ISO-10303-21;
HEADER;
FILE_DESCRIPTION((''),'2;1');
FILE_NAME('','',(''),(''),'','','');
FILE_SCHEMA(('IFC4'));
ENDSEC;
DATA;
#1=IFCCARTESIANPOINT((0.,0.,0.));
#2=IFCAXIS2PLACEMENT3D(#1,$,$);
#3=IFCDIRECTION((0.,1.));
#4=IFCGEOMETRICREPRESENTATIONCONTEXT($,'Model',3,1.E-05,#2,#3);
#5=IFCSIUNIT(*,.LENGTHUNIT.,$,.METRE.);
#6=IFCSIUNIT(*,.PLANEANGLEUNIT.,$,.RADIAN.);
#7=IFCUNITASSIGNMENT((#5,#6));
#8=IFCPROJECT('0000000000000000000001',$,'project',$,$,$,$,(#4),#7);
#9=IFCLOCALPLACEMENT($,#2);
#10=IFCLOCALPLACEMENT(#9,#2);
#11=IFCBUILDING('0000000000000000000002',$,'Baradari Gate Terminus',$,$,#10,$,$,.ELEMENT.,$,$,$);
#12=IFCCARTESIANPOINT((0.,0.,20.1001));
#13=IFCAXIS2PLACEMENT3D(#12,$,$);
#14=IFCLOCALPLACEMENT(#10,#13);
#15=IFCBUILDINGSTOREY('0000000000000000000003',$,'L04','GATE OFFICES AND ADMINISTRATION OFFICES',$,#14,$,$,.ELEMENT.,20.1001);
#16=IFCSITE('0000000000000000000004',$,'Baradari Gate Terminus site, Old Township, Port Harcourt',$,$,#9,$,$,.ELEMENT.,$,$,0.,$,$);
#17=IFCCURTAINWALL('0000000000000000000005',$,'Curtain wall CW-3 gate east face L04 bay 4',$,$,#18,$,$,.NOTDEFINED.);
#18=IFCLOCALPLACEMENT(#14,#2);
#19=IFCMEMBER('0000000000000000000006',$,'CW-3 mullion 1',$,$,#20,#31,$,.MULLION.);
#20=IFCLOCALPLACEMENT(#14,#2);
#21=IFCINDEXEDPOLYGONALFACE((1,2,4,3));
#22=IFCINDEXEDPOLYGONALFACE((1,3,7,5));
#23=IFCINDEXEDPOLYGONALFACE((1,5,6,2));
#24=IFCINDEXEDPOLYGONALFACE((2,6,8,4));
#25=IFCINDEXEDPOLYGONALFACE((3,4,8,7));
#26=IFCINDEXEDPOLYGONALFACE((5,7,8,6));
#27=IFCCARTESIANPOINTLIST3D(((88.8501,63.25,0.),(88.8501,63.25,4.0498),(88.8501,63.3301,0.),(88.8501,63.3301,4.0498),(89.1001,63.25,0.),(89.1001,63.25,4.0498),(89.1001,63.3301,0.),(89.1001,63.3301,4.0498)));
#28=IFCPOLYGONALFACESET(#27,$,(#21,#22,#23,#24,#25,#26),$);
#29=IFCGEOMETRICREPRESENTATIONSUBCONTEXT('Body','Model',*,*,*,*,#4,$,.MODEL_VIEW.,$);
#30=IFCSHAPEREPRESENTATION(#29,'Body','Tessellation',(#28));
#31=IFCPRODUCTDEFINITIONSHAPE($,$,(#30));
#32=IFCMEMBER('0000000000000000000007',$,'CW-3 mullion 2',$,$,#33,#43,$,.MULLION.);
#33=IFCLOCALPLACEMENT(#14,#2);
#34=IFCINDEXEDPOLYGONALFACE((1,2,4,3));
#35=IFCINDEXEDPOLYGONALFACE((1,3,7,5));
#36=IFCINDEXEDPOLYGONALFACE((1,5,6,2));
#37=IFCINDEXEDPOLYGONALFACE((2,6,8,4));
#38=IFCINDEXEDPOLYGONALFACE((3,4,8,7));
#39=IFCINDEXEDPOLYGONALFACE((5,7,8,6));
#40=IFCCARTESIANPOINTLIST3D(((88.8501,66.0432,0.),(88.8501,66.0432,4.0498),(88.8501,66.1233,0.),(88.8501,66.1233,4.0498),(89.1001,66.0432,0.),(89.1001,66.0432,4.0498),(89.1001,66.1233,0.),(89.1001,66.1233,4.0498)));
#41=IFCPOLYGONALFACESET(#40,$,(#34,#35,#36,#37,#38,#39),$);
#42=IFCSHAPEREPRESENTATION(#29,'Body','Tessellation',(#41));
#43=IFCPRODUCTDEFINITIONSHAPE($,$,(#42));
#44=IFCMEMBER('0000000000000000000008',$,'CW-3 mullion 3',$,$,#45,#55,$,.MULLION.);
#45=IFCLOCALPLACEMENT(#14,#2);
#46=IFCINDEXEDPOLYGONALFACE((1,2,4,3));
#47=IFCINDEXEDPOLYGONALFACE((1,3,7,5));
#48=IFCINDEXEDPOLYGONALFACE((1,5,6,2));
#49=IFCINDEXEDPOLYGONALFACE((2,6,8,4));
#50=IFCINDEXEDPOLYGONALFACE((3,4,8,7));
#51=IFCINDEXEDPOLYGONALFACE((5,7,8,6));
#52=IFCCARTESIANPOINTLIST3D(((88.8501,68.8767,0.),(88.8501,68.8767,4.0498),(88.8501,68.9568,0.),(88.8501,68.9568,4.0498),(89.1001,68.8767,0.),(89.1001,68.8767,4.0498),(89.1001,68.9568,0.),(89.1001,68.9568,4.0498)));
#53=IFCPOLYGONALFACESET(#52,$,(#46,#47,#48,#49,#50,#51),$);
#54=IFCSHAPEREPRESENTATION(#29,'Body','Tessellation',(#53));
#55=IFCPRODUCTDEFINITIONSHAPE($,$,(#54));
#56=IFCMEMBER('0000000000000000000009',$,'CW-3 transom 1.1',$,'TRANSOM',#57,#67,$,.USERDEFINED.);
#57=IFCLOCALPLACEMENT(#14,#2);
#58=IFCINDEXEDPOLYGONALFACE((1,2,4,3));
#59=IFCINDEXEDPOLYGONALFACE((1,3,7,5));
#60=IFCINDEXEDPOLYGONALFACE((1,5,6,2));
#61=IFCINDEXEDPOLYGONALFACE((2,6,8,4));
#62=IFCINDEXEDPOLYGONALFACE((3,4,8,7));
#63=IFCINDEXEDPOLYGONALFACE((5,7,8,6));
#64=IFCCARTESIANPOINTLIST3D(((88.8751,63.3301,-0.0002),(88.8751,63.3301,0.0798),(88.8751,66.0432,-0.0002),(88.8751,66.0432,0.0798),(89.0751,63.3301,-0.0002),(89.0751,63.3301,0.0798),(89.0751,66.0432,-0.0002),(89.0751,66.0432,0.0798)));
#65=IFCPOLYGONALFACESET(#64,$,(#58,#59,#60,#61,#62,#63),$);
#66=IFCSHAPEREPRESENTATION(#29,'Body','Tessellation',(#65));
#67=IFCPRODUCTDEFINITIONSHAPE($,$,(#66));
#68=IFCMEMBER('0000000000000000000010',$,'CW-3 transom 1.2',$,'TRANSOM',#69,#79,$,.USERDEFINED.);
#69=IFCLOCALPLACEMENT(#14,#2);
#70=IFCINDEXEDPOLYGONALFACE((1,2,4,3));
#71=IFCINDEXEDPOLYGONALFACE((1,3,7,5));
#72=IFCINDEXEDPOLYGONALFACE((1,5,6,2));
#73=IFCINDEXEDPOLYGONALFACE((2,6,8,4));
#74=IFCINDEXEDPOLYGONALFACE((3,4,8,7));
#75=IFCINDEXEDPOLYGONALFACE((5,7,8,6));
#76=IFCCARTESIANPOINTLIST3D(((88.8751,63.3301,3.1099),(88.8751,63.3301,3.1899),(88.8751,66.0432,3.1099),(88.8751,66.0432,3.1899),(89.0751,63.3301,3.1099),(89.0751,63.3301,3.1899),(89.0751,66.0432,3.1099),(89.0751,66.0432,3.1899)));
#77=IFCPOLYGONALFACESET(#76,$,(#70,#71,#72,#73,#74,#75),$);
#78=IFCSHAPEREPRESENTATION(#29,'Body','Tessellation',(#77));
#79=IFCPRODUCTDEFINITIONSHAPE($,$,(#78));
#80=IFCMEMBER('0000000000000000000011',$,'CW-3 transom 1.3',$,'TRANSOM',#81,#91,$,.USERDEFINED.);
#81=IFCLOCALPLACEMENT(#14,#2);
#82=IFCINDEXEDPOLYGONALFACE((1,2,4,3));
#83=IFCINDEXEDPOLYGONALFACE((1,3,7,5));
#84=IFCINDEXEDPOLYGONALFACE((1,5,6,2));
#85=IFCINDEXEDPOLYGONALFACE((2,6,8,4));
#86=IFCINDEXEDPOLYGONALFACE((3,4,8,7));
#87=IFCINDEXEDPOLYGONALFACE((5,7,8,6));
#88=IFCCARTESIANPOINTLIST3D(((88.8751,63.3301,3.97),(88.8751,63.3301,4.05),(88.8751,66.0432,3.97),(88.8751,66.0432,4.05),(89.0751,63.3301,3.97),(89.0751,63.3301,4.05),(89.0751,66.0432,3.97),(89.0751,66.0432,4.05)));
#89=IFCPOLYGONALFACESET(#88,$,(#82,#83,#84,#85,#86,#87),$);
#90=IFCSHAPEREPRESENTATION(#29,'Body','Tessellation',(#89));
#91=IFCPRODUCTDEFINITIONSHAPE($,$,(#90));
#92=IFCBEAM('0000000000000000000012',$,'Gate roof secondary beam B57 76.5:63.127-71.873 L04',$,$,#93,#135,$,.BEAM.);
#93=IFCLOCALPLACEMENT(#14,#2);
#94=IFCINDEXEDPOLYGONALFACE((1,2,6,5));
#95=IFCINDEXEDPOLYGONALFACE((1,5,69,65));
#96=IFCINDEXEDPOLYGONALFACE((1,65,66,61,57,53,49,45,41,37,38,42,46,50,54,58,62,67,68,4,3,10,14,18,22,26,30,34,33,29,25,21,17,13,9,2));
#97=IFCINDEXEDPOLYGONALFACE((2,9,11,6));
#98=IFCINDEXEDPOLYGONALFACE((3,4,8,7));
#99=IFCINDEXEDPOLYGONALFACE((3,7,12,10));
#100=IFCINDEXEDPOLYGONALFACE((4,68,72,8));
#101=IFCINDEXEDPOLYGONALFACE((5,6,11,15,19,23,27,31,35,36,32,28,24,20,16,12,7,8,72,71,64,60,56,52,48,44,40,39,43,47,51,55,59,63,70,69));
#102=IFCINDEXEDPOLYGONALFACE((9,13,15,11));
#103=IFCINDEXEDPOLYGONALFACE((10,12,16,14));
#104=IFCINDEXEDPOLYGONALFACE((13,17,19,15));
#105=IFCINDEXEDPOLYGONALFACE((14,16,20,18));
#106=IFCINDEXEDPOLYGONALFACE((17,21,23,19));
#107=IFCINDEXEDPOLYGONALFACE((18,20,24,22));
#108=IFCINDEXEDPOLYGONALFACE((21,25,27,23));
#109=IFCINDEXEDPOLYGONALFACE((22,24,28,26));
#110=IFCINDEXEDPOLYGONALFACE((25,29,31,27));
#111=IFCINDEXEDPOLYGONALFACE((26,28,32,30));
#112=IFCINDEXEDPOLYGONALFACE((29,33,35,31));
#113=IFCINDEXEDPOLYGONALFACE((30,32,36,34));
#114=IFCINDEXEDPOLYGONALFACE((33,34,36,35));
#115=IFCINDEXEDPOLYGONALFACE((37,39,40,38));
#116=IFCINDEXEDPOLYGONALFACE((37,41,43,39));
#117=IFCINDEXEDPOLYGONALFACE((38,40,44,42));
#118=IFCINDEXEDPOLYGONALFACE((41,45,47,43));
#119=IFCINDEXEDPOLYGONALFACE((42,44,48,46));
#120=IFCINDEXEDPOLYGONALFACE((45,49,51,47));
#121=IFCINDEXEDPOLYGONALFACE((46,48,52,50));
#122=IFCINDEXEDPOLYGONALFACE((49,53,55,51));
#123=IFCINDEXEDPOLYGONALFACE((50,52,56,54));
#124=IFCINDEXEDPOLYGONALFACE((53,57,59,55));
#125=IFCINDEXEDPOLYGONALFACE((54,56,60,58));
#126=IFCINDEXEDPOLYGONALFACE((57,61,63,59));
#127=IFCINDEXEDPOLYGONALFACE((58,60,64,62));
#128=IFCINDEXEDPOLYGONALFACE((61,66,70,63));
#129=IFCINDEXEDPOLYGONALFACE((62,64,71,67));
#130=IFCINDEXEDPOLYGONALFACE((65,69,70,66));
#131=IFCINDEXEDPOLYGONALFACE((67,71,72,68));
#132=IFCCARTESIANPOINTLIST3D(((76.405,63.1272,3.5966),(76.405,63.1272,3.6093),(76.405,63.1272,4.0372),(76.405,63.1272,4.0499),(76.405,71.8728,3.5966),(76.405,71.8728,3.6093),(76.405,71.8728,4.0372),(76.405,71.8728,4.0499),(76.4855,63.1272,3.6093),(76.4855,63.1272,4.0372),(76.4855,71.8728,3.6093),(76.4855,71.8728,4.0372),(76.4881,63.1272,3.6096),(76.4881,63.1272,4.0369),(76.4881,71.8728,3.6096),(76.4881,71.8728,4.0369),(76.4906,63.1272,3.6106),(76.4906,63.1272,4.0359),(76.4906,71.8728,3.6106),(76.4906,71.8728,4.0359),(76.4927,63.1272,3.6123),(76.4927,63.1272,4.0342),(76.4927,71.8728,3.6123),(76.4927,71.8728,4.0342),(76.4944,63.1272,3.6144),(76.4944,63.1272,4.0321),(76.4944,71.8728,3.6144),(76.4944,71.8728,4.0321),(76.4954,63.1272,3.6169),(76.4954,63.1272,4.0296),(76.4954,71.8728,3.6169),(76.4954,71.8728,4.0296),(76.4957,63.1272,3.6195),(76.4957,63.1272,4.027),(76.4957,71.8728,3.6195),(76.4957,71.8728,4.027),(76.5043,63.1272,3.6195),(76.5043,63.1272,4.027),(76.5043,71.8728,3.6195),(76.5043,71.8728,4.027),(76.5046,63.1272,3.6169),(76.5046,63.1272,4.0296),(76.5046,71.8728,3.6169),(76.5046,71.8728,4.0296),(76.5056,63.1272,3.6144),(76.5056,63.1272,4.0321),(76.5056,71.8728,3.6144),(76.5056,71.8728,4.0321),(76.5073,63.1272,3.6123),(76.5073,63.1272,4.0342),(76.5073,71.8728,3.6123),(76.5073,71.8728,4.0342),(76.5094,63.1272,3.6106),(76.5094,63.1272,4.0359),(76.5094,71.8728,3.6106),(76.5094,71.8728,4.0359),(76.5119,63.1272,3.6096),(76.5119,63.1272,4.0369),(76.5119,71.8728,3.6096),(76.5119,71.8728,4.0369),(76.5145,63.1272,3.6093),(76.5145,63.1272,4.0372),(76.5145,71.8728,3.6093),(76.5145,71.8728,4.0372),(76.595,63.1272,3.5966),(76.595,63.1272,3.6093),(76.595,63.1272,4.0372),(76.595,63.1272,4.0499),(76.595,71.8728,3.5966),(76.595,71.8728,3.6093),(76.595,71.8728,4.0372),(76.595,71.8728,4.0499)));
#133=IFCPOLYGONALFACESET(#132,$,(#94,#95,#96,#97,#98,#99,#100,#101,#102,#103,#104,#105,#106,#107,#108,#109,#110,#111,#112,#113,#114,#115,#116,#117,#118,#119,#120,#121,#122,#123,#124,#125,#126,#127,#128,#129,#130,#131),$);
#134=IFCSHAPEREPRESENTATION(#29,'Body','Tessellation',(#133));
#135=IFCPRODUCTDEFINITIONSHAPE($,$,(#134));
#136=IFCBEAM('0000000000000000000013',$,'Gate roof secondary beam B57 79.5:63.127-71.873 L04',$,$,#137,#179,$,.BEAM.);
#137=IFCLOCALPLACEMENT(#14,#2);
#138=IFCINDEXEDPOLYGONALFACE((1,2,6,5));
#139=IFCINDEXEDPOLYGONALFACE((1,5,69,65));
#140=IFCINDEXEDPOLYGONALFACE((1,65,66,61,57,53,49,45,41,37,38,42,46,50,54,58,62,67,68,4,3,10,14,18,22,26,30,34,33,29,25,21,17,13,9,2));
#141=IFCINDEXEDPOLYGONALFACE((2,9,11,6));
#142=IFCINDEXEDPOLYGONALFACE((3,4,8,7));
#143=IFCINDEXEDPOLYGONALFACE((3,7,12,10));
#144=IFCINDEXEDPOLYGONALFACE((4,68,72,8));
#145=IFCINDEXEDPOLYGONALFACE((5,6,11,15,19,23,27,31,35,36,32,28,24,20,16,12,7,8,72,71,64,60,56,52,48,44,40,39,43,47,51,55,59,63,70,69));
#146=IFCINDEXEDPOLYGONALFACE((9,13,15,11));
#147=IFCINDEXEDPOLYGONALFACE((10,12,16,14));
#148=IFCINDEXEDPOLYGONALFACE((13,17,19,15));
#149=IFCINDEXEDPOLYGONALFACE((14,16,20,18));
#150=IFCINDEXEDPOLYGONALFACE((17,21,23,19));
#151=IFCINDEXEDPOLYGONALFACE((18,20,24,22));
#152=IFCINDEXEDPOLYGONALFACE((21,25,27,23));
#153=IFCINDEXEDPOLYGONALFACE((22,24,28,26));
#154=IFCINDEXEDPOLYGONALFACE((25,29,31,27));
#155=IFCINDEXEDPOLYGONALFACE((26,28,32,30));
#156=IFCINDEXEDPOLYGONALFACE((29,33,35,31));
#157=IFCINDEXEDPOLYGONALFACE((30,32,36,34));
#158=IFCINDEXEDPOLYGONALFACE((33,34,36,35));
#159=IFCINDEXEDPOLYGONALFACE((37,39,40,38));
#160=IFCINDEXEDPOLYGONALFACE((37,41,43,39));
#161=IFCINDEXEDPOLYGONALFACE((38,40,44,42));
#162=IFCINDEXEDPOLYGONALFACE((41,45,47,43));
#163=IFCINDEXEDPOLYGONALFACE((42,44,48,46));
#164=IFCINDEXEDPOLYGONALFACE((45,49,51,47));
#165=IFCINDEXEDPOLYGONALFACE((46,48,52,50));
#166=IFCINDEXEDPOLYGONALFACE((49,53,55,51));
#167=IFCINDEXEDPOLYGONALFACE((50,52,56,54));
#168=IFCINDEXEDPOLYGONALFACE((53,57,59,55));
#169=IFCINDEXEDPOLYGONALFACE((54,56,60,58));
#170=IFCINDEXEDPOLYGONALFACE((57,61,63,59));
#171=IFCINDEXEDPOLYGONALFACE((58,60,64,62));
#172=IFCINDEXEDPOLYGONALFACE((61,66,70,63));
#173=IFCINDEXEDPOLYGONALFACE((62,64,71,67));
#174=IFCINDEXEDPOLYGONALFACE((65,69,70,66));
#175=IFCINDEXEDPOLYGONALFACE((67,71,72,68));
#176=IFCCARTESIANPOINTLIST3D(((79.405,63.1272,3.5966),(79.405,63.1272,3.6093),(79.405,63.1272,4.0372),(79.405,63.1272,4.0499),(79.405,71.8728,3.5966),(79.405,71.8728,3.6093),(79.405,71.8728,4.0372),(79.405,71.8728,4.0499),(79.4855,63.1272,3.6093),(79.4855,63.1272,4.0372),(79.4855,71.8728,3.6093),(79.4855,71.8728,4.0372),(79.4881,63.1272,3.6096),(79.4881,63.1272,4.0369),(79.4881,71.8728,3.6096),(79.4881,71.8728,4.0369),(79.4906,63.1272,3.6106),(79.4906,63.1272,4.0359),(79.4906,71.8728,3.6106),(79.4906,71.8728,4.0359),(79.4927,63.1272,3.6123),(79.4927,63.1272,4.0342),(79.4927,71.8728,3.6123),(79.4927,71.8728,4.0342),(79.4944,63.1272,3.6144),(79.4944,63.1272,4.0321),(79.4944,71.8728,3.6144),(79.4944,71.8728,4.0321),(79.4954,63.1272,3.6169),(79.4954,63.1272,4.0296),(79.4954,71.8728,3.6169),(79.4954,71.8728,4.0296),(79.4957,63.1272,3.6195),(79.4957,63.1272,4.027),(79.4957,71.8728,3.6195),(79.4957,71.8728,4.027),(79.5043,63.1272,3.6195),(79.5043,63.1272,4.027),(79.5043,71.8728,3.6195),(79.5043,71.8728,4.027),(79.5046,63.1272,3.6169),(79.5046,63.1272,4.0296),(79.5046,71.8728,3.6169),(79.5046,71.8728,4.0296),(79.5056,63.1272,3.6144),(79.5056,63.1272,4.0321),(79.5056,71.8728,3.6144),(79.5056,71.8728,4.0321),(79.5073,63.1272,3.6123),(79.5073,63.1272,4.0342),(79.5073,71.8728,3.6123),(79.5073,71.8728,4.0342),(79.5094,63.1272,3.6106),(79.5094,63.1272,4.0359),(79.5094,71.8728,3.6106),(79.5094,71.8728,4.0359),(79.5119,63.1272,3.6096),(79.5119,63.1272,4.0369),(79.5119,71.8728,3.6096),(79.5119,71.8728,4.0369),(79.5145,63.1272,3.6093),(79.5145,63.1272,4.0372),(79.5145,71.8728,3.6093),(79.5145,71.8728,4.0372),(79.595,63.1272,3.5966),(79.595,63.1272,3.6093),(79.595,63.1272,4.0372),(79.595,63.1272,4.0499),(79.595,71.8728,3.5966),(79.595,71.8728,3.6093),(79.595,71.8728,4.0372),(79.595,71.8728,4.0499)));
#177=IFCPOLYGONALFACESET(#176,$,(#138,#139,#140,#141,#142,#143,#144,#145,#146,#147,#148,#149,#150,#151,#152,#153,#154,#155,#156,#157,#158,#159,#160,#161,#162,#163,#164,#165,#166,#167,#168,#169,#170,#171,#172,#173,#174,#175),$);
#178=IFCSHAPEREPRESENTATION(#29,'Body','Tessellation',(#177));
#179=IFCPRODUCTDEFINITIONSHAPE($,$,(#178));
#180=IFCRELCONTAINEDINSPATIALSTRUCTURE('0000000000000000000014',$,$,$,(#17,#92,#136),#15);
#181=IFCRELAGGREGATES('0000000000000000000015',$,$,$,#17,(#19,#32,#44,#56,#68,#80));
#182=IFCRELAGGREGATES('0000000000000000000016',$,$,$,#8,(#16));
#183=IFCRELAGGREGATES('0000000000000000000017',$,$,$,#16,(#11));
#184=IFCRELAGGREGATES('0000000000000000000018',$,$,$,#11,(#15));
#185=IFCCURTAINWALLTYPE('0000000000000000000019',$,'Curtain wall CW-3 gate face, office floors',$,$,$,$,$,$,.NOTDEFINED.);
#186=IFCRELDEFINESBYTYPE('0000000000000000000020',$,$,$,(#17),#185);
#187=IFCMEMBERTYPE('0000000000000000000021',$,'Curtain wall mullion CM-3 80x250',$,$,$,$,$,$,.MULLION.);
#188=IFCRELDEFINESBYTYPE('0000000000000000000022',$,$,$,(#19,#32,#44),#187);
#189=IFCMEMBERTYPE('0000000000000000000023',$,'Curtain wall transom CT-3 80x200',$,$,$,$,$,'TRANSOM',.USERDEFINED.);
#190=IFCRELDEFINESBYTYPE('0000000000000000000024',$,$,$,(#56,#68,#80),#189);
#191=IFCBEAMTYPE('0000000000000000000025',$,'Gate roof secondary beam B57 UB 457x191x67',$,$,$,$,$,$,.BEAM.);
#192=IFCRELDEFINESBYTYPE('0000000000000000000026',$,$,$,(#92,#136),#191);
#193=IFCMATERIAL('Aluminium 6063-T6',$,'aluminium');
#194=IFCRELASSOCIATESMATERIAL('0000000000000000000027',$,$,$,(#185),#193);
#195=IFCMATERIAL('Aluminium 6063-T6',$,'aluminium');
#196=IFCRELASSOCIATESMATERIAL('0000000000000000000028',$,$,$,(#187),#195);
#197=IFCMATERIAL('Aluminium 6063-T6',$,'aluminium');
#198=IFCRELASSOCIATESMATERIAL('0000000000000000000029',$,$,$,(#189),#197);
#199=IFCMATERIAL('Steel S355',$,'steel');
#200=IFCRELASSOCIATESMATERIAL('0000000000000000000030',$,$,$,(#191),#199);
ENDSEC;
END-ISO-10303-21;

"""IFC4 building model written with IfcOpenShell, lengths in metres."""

from ifc_helpers import new_model, si_unit, direction, frame, origin, origin_2d, place, context, subcontext, project, spatial, rectangle, i_section, extrude, material, material_profile, profile_set, type_object, element, aggregate, save


model = new_model("IFC4")

# Units and contexts
model_context = context("Model", 3, precision=1e-05, world=origin(), true_north=direction((0.0, 1.0)))
body_context = subcontext(model_context, "Body", "Model", "MODEL_VIEW")
ifc_project = project(units=[si_unit("LENGTHUNIT", "METRE"), si_unit("PLANEANGLEUNIT", "RADIAN")], contexts=[model_context])

# Site, building, storey
site_placement = place(None, origin())
site = spatial("IfcSite", under=ifc_project, at=site_placement, Name="Baradari Gate Terminus site, Old Township, Port Harcourt", CompositionType="ELEMENT", RefElevation=0.0)
building_placement = place(site_placement, origin())
building = spatial("IfcBuilding", under=site, at=building_placement, Name="Baradari Gate Terminus", CompositionType="ELEMENT")
storey_placement = place(building_placement, frame((0.0, 0.0, 20.1001)))
storey = spatial("IfcBuildingStorey", under=building, at=storey_placement, Name="L04", Description="GATE OFFICES AND ADMINISTRATION OFFICES", CompositionType="ELEMENT", Elevation=20.1001)

# Curtain wall, members
ifc_material_1 = material(Name="Aluminium 6063-T6", Category="aluminium")
curtain_wall_type = type_object("IfcCurtainWallType", Name="Curtain wall CW-3 gate face, office floors", PredefinedType="NOTDEFINED", material=ifc_material_1)
curtain_wall_placement = place(storey_placement, origin())
curtain_wall = element("IfcCurtainWall", 1, at=curtain_wall_placement, inside=storey, type_object=curtain_wall_type, Name="Curtain wall CW-3 gate east face L04 bay 4", PredefinedType="NOTDEFINED")
ifc_material_2 = material(Name="Aluminium 6063-T6", Category="aluminium")
ifc_material_profile_1 = material_profile(ifc_material_2, rectangle(XDim=0.25, YDim=0.0801, at=origin_2d()), Name="CM-3 80X250")
ifc_profile_set_1 = profile_set([ifc_material_profile_1], Name="Aluminium 6063-T6")
member_type_1 = type_object("IfcMemberType", Name="Curtain wall mullion CM-3 80x250", PredefinedType="MULLION", material=ifc_profile_set_1)
member_1_placement = place(storey_placement, frame((88.9751, 63.29, 0.0), z_axis=(0.0, 0.0, 1.0), x_axis=(-1.0, 0.0, 0.0)))
member_1 = element("IfcMember", 2, at=member_1_placement, type_object=member_type_1, Name="CW-3 mullion 1", PredefinedType="MULLION", context=body_context, shape_type="SweptSolid", body=[
    extrude(rectangle(XDim=0.25, YDim=0.0801, at=origin_2d()), origin(), (0.0, 0.0, 1.0), 4.0498),
])
member_2_placement = place(storey_placement, frame((88.9751, 66.0833, 0.0), z_axis=(0.0, 0.0, 1.0), x_axis=(-1.0, 0.0, 0.0)))
member_2 = element("IfcMember", 3, at=member_2_placement, type_object=member_type_1, Name="CW-3 mullion 2", PredefinedType="MULLION", context=body_context, shape_type="SweptSolid", body=[
    extrude(rectangle(XDim=0.25, YDim=0.0801, at=origin_2d()), origin(), (0.0, 0.0, 1.0), 4.0498),
])
member_3_placement = place(storey_placement, frame((88.9751, 68.9167, 0.0), z_axis=(0.0, 0.0, 1.0), x_axis=(-1.0, 0.0, 0.0)))
member_3 = element("IfcMember", 4, at=member_3_placement, type_object=member_type_1, Name="CW-3 mullion 3", PredefinedType="MULLION", context=body_context, shape_type="SweptSolid", body=[
    extrude(rectangle(XDim=0.25, YDim=0.0801, at=origin_2d()), origin(), (0.0, 0.0, 1.0), 4.0498),
])
ifc_material_3 = material(Name="Aluminium 6063-T6", Category="aluminium")
ifc_material_profile_2 = material_profile(ifc_material_3, rectangle(XDim=0.2, YDim=0.0801, at=origin_2d()), Name="CT-3 80X200")
ifc_profile_set_2 = profile_set([ifc_material_profile_2], Name="Aluminium 6063-T6")
member_type_2 = type_object("IfcMemberType", Name="Curtain wall transom CT-3 80x200", ElementType="TRANSOM", PredefinedType="USERDEFINED", material=ifc_profile_set_2)
member_4_placement = place(storey_placement, frame((88.9751, 63.3301, 0.0398), z_axis=(0.0, 1.0, 0.0), x_axis=(-1.0, 0.0, 0.0)))
member_4 = element("IfcMember", 5, at=member_4_placement, type_object=member_type_2, Name="CW-3 transom 1.1", ObjectType="TRANSOM", PredefinedType="USERDEFINED", context=body_context, shape_type="SweptSolid", body=[
    extrude(rectangle(XDim=0.2, YDim=0.0801, at=origin_2d()), origin(), (0.0, 0.0, 1.0), 2.7131),
])
member_5_placement = place(storey_placement, frame((88.9751, 63.3301, 3.1499), z_axis=(0.0, 1.0, 0.0), x_axis=(-1.0, 0.0, 0.0)))
member_5 = element("IfcMember", 6, at=member_5_placement, type_object=member_type_2, Name="CW-3 transom 1.2", ObjectType="TRANSOM", PredefinedType="USERDEFINED", context=body_context, shape_type="SweptSolid", body=[
    extrude(rectangle(XDim=0.2, YDim=0.0801, at=origin_2d()), origin(), (0.0, 0.0, 1.0), 2.7131),
])
member_6_placement = place(storey_placement, frame((88.9751, 63.3301, 4.01), z_axis=(0.0, 1.0, 0.0), x_axis=(-1.0, 0.0, 0.0)))
member_6 = element("IfcMember", 7, at=member_6_placement, type_object=member_type_2, Name="CW-3 transom 1.3", ObjectType="TRANSOM", PredefinedType="USERDEFINED", context=body_context, shape_type="SweptSolid", body=[
    extrude(rectangle(XDim=0.2, YDim=0.0801, at=origin_2d()), origin(), (0.0, 0.0, 1.0), 2.7131),
])

# Beams
ifc_material_4 = material(Name="Steel S355", Category="steel")
ifc_material_profile_3 = material_profile(ifc_material_4, i_section(OverallWidth=0.1899, OverallDepth=0.4534, WebThickness=0.0085, FlangeThickness=0.0127, FilletRadius=0.0103, at=origin_2d()), Name="UB 457x191x67")
ifc_profile_set_3 = profile_set([ifc_material_profile_3], Name="Steel S355")
beam_type_1 = type_object("IfcBeamType", Name="Gate roof secondary beam B57 UB 457x191x67", PredefinedType="BEAM", material=ifc_profile_set_3)
for number, where, z_axis, x_axis, name in (
    (8, (76.5, 63.1272, 3.8232), (0.0, 1.0, 0.0), (-1.0, 0.0, 0.0), "Gate roof secondary beam B57 76.5:63.127-71.873 L04"),
    (9, (79.5, 63.1272, 3.8232), (0.0, 1.0, 0.0), (-1.0, 0.0, 0.0), "Gate roof secondary beam B57 79.5:63.127-71.873 L04"),
):
    element("IfcBeam", number, at=place(storey_placement, frame(where, z_axis=z_axis, x_axis=x_axis)), inside=storey, type_object=beam_type_1, Name=name, PredefinedType="BEAM", context=body_context, shape_type="SweptSolid", body=[
        extrude(i_section(OverallWidth=0.1899, OverallDepth=0.4534, WebThickness=0.0085, FlangeThickness=0.0127, FilletRadius=0.0103, at=origin_2d()), origin(), (0.0, 0.0, 1.0), 8.7456),
    ])

aggregate(curtain_wall, [member_1, member_2, member_3, member_4, member_5, member_6])

save(model, "model.ifc")
